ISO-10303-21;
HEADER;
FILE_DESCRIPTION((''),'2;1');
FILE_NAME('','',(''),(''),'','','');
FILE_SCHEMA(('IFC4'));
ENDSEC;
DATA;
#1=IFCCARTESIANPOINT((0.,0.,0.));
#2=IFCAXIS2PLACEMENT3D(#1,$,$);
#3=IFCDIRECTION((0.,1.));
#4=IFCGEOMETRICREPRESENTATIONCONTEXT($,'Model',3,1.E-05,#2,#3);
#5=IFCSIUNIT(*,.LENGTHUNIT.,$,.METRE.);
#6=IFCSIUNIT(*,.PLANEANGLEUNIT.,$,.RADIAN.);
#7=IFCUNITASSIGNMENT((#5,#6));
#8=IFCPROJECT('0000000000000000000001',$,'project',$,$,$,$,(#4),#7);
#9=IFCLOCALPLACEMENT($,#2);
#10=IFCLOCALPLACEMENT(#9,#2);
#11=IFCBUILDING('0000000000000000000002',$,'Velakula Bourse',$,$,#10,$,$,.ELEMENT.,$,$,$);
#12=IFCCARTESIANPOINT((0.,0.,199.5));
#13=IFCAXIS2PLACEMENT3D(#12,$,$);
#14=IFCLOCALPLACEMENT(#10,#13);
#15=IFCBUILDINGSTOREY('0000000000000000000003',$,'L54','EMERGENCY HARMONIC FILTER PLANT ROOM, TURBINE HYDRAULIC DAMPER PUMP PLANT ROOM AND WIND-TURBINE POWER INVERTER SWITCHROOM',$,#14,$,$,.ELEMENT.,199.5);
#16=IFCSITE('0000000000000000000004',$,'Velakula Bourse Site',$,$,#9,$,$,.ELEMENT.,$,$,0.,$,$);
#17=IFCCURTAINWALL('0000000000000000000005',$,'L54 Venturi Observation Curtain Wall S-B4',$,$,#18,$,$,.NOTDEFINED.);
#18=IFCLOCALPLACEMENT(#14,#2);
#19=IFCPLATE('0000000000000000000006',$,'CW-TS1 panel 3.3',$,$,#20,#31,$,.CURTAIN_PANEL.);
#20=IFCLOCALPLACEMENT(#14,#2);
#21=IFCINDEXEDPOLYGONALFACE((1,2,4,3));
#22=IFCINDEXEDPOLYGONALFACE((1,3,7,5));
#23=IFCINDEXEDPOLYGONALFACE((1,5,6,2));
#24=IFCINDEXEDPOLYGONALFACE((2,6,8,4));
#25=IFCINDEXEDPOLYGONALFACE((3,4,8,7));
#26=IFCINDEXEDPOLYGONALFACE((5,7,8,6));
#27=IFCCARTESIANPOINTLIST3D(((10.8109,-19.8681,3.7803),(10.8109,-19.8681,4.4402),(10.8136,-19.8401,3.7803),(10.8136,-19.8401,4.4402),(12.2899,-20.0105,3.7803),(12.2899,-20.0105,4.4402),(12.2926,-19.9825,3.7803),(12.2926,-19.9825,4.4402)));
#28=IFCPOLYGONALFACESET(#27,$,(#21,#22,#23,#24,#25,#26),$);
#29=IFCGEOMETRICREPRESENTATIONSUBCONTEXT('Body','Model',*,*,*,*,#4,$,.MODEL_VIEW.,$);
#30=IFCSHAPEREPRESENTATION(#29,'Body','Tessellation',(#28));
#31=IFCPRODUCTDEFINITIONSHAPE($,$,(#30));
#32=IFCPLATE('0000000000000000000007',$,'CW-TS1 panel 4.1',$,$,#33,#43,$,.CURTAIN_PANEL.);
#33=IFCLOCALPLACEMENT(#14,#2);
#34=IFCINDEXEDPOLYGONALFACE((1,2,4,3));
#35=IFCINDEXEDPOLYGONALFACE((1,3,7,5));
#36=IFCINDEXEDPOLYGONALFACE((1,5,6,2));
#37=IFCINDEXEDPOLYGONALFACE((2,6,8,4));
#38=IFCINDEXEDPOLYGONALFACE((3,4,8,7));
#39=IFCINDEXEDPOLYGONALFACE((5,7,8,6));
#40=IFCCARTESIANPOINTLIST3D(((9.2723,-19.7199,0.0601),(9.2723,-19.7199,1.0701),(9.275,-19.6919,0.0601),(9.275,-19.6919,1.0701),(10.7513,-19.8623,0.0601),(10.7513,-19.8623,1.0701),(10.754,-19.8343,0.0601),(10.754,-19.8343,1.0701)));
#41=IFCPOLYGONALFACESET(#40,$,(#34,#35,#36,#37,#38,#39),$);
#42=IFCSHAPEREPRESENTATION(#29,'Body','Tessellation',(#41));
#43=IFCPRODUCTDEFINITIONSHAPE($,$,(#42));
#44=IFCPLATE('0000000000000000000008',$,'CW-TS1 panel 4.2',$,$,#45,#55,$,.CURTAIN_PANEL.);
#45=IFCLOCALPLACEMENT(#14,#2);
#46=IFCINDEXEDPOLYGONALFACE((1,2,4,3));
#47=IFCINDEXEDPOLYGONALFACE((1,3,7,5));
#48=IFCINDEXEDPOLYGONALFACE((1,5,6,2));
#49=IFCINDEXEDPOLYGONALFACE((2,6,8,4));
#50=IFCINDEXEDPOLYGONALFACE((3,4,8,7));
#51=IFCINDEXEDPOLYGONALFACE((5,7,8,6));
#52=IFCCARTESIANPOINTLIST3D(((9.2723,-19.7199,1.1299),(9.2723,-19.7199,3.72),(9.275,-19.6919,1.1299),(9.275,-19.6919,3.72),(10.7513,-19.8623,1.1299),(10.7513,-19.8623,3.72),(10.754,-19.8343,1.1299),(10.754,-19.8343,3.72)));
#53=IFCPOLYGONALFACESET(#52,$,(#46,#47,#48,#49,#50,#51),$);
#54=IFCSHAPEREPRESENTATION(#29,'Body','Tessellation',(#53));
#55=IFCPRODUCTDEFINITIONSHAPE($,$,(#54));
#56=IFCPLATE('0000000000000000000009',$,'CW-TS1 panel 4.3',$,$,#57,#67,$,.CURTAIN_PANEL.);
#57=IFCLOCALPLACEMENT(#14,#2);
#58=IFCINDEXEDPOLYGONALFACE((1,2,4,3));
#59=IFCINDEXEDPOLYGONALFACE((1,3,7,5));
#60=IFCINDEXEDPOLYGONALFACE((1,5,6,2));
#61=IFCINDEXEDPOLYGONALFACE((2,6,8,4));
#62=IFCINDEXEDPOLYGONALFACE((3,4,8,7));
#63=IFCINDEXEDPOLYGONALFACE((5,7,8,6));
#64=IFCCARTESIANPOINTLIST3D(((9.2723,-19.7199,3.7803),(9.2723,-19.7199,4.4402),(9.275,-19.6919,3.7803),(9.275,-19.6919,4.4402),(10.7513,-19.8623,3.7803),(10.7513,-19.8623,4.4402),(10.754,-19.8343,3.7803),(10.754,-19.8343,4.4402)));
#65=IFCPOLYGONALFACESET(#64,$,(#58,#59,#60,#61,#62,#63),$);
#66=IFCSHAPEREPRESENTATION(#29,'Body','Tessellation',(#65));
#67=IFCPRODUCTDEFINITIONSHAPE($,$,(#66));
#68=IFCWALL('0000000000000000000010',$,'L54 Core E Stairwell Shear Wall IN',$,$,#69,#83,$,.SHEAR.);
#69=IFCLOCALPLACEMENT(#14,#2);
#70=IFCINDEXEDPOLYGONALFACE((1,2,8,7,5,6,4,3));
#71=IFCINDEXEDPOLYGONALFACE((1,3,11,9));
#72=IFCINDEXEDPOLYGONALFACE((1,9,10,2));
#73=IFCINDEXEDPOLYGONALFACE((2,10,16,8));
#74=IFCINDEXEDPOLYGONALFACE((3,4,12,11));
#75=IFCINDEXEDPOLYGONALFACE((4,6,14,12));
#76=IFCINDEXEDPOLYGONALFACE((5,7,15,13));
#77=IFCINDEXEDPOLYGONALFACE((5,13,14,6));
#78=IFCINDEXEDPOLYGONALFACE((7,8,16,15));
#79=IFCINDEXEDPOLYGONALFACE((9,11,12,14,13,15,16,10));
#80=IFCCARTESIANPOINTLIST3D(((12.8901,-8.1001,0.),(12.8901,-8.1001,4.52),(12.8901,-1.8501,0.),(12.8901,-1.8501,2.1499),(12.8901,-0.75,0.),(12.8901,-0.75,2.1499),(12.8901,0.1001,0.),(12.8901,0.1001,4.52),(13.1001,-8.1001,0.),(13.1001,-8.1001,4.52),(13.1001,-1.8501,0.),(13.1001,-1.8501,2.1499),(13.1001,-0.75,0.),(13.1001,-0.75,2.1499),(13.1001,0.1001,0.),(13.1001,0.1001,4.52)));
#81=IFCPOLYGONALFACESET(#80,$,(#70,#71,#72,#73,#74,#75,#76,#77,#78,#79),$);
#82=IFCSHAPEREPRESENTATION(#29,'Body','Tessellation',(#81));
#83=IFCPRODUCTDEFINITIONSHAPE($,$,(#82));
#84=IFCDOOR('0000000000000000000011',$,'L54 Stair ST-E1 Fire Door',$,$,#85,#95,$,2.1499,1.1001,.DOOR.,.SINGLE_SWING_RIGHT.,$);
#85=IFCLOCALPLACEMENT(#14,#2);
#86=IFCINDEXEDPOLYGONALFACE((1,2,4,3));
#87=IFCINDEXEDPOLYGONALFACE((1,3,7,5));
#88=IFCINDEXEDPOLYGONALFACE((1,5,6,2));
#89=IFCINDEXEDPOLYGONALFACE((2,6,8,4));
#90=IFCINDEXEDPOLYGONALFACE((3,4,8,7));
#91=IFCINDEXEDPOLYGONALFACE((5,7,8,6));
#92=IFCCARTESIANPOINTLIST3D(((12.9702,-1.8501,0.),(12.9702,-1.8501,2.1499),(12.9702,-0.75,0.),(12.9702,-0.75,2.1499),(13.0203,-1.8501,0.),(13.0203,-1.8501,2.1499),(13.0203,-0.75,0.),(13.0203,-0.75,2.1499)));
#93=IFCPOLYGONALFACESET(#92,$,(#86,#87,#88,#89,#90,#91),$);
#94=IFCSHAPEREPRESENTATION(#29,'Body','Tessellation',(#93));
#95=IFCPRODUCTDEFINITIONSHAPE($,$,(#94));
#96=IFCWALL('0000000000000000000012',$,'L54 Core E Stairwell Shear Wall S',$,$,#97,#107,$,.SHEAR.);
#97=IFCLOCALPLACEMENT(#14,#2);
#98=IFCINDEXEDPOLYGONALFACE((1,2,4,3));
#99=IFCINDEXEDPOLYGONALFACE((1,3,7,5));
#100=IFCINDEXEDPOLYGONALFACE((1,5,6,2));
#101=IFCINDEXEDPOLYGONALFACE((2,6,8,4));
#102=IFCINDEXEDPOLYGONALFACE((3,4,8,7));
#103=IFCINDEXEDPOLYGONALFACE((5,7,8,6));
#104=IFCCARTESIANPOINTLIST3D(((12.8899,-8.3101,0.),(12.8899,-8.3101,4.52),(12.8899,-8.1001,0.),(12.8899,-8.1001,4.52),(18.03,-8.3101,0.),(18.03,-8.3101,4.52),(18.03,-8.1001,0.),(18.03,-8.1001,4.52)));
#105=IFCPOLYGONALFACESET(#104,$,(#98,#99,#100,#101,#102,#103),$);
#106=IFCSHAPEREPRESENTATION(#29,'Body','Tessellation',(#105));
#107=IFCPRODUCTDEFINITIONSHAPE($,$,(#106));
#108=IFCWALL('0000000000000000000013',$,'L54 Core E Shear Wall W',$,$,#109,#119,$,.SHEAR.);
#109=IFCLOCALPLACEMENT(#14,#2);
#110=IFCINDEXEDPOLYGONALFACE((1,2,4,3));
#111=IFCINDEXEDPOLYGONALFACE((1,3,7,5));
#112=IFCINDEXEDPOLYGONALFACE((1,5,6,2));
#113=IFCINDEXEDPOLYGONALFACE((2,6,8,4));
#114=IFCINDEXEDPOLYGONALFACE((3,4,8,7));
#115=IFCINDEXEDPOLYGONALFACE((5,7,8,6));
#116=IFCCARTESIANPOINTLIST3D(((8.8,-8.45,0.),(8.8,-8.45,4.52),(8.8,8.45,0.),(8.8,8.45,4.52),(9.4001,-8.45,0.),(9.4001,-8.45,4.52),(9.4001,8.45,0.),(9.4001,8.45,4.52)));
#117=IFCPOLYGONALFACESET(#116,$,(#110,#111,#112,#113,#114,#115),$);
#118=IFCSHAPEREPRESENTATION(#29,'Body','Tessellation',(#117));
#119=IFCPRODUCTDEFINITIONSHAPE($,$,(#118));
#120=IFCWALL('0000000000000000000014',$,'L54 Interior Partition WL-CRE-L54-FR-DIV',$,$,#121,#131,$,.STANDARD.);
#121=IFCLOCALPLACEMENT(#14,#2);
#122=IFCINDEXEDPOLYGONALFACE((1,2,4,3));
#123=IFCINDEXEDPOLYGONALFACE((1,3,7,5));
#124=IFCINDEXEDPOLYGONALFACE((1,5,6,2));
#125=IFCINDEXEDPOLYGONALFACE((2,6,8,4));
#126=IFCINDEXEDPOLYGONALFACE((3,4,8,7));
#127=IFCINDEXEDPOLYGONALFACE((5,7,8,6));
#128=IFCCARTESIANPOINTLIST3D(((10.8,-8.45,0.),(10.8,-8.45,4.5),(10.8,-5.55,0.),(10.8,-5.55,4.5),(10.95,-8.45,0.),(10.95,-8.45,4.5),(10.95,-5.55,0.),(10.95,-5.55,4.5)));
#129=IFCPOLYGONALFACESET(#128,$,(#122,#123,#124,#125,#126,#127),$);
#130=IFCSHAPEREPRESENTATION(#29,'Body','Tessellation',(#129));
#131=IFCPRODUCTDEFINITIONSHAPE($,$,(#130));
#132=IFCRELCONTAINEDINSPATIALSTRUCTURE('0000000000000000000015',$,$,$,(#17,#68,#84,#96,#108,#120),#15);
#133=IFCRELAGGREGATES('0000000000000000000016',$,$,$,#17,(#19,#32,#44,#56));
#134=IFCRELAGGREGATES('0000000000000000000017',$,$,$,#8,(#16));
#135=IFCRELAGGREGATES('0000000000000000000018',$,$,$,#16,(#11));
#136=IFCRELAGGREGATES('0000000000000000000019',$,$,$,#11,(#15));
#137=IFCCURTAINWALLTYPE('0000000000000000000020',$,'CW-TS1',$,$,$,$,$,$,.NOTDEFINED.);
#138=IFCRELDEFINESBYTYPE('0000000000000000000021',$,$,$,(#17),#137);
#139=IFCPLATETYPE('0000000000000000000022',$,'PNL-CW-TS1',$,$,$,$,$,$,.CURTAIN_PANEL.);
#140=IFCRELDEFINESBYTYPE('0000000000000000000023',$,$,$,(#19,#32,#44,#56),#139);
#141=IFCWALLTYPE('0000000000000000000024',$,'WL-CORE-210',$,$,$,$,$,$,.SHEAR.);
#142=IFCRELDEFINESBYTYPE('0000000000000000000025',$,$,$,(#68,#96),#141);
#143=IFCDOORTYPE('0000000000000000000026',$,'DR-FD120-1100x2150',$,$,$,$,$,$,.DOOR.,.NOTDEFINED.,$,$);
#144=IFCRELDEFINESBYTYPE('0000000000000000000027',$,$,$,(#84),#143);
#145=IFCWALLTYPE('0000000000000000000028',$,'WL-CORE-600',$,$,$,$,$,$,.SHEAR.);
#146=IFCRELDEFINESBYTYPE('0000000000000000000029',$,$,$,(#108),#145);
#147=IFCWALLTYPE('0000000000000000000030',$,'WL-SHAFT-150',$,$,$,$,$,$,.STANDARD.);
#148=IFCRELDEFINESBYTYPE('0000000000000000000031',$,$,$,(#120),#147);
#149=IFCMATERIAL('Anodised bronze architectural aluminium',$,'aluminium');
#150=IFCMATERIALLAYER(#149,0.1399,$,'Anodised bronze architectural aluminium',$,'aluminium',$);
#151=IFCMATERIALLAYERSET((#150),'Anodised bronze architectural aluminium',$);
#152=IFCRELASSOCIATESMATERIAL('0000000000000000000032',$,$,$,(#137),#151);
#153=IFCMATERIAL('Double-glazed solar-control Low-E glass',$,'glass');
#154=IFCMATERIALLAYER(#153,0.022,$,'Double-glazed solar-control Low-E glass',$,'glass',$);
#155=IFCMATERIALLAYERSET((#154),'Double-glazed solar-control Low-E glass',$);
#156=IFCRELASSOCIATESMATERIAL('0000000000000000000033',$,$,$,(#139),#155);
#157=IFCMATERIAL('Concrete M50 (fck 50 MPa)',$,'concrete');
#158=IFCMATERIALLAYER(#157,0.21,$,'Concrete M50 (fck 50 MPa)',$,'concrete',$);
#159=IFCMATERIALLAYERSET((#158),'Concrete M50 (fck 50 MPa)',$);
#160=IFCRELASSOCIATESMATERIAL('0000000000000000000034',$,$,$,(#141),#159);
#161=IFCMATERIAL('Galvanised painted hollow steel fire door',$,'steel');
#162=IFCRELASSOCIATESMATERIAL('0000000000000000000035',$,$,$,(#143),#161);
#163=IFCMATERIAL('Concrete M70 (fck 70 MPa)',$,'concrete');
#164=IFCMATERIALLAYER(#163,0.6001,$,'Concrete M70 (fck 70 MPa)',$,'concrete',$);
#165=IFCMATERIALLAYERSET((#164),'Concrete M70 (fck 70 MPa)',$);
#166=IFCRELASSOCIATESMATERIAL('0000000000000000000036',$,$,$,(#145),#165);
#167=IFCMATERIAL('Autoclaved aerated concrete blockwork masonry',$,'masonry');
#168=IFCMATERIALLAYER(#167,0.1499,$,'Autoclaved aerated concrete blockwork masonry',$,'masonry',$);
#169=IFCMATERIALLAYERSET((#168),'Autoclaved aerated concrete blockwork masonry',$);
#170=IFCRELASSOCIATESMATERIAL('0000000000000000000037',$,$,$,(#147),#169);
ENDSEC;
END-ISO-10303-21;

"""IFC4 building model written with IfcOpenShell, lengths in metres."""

from ifc_helpers import new_model, si_unit, direction, frame, frame_2d, origin, origin_2d, place, context, subcontext, project, spatial, rectangle, extrude, material, layer, layer_set, type_object, element, fill, aggregate, save


model = new_model("IFC4")

# Units and contexts
model_context = context("Model", 3, precision=1e-05, world=origin(), true_north=direction((0.0, 1.0)))
body_context = subcontext(model_context, "Body", "Model", "MODEL_VIEW")
ifc_project = project(units=[si_unit("LENGTHUNIT", "METRE"), si_unit("PLANEANGLEUNIT", "RADIAN")], contexts=[model_context])

# Site, building, storey
site_placement = place(None, origin())
site = spatial("IfcSite", under=ifc_project, at=site_placement, Name="Velakula Bourse Site", CompositionType="ELEMENT", RefElevation=0.0)
building_placement = place(site_placement, origin())
building = spatial("IfcBuilding", under=site, at=building_placement, Name="Velakula Bourse", CompositionType="ELEMENT")
storey_placement = place(building_placement, frame((0.0, 0.0, 199.5)))
storey = spatial("IfcBuildingStorey", under=building, at=storey_placement, Name="L54", Description="EMERGENCY HARMONIC FILTER PLANT ROOM, TURBINE HYDRAULIC DAMPER PUMP PLANT ROOM AND WIND-TURBINE POWER INVERTER SWITCHROOM", CompositionType="ELEMENT", Elevation=199.5)

# Curtain wall, plates
ifc_material_1 = material(Name="Anodised bronze architectural aluminium", Category="aluminium")
ifc_layer_1 = layer(ifc_material_1, 0.1399, Name="Anodised bronze architectural aluminium", Category="aluminium")
ifc_layer_set_1 = layer_set([ifc_layer_1], Name="Anodised bronze architectural aluminium")
curtain_wall_type = type_object("IfcCurtainWallType", Name="CW-TS1", PredefinedType="NOTDEFINED", material=ifc_layer_set_1)
curtain_wall_placement = place(storey_placement, origin())
curtain_wall = element("IfcCurtainWall", 1, at=curtain_wall_placement, inside=storey, type_object=curtain_wall_type, Name="L54 Venturi Observation Curtain Wall S-B4", PredefinedType="NOTDEFINED")
ifc_material_2 = material(Name="Double-glazed solar-control Low-E glass", Category="glass")
ifc_layer_2 = layer(ifc_material_2, 0.022, Name="Double-glazed solar-control Low-E glass", Category="glass")
ifc_layer_set_2 = layer_set([ifc_layer_2], Name="Double-glazed solar-control Low-E glass")
plate_type = type_object("IfcPlateType", Name="PNL-CW-TS1", PredefinedType="CURTAIN_PANEL", material=ifc_layer_set_2)
plate_1_placement = place(storey_placement, frame((11.5518, -19.9253, 3.7803), z_axis=(0.0, 0.0, 1.0), x_axis=(-0.995396, 0.095849, 0.0)))
plate_1 = element("IfcPlate", 2, at=plate_1_placement, type_object=plate_type, Name="CW-TS1 panel 3.3", PredefinedType="CURTAIN_PANEL", context=body_context, shape_type="SweptSolid", body=[
    extrude(rectangle(XDim=1.4858, YDim=0.0281, at=origin_2d()), origin(), (0.0, 0.0, 1.0), 0.6599),
])
plate_2_placement = place(storey_placement, frame((10.0132, -19.7771, 0.0601), z_axis=(0.0, 0.0, 1.0), x_axis=(-0.995396, 0.095849, 0.0)))
plate_2 = element("IfcPlate", 3, at=plate_2_placement, type_object=plate_type, Name="CW-TS1 panel 4.1", PredefinedType="CURTAIN_PANEL", context=body_context, shape_type="SweptSolid", body=[
    extrude(rectangle(XDim=1.4858, YDim=0.0281, at=origin_2d()), origin(), (0.0, 0.0, 1.0), 1.01),
])
plate_3_placement = place(storey_placement, frame((10.0132, -19.7771, 1.1299), z_axis=(0.0, 0.0, 1.0), x_axis=(-0.995396, 0.095849, 0.0)))
plate_3 = element("IfcPlate", 4, at=plate_3_placement, type_object=plate_type, Name="CW-TS1 panel 4.2", PredefinedType="CURTAIN_PANEL", context=body_context, shape_type="SweptSolid", body=[
    extrude(rectangle(XDim=1.4858, YDim=0.0281, at=origin_2d()), origin(), (0.0, 0.0, 1.0), 2.5901),
])
plate_4_placement = place(storey_placement, frame((10.0132, -19.7771, 3.7803), z_axis=(0.0, 0.0, 1.0), x_axis=(-0.995396, 0.095849, 0.0)))
plate_4 = element("IfcPlate", 5, at=plate_4_placement, type_object=plate_type, Name="CW-TS1 panel 4.3", PredefinedType="CURTAIN_PANEL", context=body_context, shape_type="SweptSolid", body=[
    extrude(rectangle(XDim=1.4858, YDim=0.0281, at=origin_2d()), origin(), (0.0, 0.0, 1.0), 0.6599),
])
aggregate(curtain_wall, [plate_1, plate_2, plate_3, plate_4])

# Wall, opening, door
ifc_material_3 = material(Name="Concrete M50 (fck 50 MPa)", Category="concrete")
ifc_layer_3 = layer(ifc_material_3, 0.21, Name="Concrete M50 (fck 50 MPa)", Category="concrete")
ifc_layer_set_3 = layer_set([ifc_layer_3], Name="Concrete M50 (fck 50 MPa)")
wall_type_1 = type_object("IfcWallType", Name="WL-CORE-210", PredefinedType="SHEAR", material=ifc_layer_set_3)
wall_1_placement = place(storey_placement, frame((12.9951, -8.1001, 0.0), z_axis=(0.0, 0.0, 1.0), x_axis=(0.0, 1.0, 0.0)))
wall_1 = element("IfcWall", 6, at=wall_1_placement, inside=storey, type_object=wall_type_1, Name="L54 Core E Stairwell Shear Wall IN", PredefinedType="SHEAR", context=body_context, shape_type="SweptSolid", body=[
    extrude(rectangle(XDim=8.2002, YDim=0.21, at=frame_2d((4.1001, 0.0))), origin(), (0.0, 0.0, 1.0), 4.52),
])
opening_placement = place(wall_1_placement, frame((6.25, 0.0, 0.0)))
opening = element("IfcOpeningElement", 7, at=opening_placement, cuts=wall_1, PredefinedType="OPENING", context=body_context, shape_type="SweptSolid", body=[
    extrude(rectangle(XDim=1.1001, YDim=2.1499, at=frame_2d((0.55, 1.075))), frame((0.0, 0.115, 0.0), z_axis=(0.0, -1.0, 0.0), x_axis=(1.0, 0.0, 0.0)), (0.0, 0.0, 1.0), 0.23),
])
ifc_material_4 = material(Name="Galvanised painted hollow steel fire door", Category="steel")
door_type = type_object("IfcDoorType", Name="DR-FD120-1100x2150", OperationType="NOTDEFINED", PredefinedType="DOOR", material=ifc_material_4)
door_placement = place(opening_placement, origin())
door = element("IfcDoor", 8, at=door_placement, inside=storey, type_object=door_type, Name="L54 Stair ST-E1 Fire Door", OperationType="SINGLE_SWING_RIGHT", OverallHeight=2.1499, OverallWidth=1.1001, PredefinedType="DOOR", context=body_context, shape_type="SweptSolid", body=[
    extrude(rectangle(XDim=1.1001, YDim=2.1499, at=frame_2d((0.55, 1.075))), frame((0.0, 0.0249, 0.0), z_axis=(0.0, -1.0, 0.0), x_axis=(1.0, 0.0, 0.0)), (0.0, 0.0, 1.0), 0.05),
])
fill(opening, door)

# Walls
wall_2_placement = place(storey_placement, frame((12.8899, -8.2051, 0.0), z_axis=(0.0, 0.0, 1.0), x_axis=(1.0, 0.0, 0.0)))
element("IfcWall", 9, at=wall_2_placement, inside=storey, type_object=wall_type_1, Name="L54 Core E Stairwell Shear Wall S", PredefinedType="SHEAR", context=body_context, shape_type="SweptSolid", body=[
    extrude(rectangle(XDim=5.1401, YDim=0.21, at=frame_2d((2.5701, 0.0))), origin(), (0.0, 0.0, 1.0), 4.52),
])
ifc_material_5 = material(Name="Concrete M70 (fck 70 MPa)", Category="concrete")
ifc_layer_4 = layer(ifc_material_5, 0.6001, Name="Concrete M70 (fck 70 MPa)", Category="concrete")
ifc_layer_set_4 = layer_set([ifc_layer_4], Name="Concrete M70 (fck 70 MPa)")
wall_type_2 = type_object("IfcWallType", Name="WL-CORE-600", PredefinedType="SHEAR", material=ifc_layer_set_4)
wall_3_placement = place(storey_placement, frame((9.1001, -8.45, 0.0), z_axis=(0.0, 0.0, 1.0), x_axis=(0.0, 1.0, 0.0)))
element("IfcWall", 10, at=wall_3_placement, inside=storey, type_object=wall_type_2, Name="L54 Core E Shear Wall W", PredefinedType="SHEAR", context=body_context, shape_type="SweptSolid", body=[
    extrude(rectangle(XDim=16.8999, YDim=0.6001, at=frame_2d((8.45, 0.0))), origin(), (0.0, 0.0, 1.0), 4.52),
])
ifc_material_6 = material(Name="Autoclaved aerated concrete blockwork masonry", Category="masonry")
ifc_layer_5 = layer(ifc_material_6, 0.1499, Name="Autoclaved aerated concrete blockwork masonry", Category="masonry")
ifc_layer_set_5 = layer_set([ifc_layer_5], Name="Autoclaved aerated concrete blockwork masonry")
wall_type_3 = type_object("IfcWallType", Name="WL-SHAFT-150", PredefinedType="STANDARD", material=ifc_layer_set_5)
wall_4_placement = place(storey_placement, frame((10.875, -8.45, 0.0), z_axis=(0.0, 0.0, 1.0), x_axis=(0.0, 1.0, 0.0)))
element("IfcWall", 11, at=wall_4_placement, inside=storey, type_object=wall_type_3, Name="L54 Interior Partition WL-CRE-L54-FR-DIV", PredefinedType="STANDARD", context=body_context, shape_type="SweptSolid", body=[
    extrude(rectangle(XDim=2.8999, YDim=0.1499, at=frame_2d((1.45, 0.0))), origin(), (0.0, 0.0, 1.0), 4.5),
])

save(model, "model.ifc")
